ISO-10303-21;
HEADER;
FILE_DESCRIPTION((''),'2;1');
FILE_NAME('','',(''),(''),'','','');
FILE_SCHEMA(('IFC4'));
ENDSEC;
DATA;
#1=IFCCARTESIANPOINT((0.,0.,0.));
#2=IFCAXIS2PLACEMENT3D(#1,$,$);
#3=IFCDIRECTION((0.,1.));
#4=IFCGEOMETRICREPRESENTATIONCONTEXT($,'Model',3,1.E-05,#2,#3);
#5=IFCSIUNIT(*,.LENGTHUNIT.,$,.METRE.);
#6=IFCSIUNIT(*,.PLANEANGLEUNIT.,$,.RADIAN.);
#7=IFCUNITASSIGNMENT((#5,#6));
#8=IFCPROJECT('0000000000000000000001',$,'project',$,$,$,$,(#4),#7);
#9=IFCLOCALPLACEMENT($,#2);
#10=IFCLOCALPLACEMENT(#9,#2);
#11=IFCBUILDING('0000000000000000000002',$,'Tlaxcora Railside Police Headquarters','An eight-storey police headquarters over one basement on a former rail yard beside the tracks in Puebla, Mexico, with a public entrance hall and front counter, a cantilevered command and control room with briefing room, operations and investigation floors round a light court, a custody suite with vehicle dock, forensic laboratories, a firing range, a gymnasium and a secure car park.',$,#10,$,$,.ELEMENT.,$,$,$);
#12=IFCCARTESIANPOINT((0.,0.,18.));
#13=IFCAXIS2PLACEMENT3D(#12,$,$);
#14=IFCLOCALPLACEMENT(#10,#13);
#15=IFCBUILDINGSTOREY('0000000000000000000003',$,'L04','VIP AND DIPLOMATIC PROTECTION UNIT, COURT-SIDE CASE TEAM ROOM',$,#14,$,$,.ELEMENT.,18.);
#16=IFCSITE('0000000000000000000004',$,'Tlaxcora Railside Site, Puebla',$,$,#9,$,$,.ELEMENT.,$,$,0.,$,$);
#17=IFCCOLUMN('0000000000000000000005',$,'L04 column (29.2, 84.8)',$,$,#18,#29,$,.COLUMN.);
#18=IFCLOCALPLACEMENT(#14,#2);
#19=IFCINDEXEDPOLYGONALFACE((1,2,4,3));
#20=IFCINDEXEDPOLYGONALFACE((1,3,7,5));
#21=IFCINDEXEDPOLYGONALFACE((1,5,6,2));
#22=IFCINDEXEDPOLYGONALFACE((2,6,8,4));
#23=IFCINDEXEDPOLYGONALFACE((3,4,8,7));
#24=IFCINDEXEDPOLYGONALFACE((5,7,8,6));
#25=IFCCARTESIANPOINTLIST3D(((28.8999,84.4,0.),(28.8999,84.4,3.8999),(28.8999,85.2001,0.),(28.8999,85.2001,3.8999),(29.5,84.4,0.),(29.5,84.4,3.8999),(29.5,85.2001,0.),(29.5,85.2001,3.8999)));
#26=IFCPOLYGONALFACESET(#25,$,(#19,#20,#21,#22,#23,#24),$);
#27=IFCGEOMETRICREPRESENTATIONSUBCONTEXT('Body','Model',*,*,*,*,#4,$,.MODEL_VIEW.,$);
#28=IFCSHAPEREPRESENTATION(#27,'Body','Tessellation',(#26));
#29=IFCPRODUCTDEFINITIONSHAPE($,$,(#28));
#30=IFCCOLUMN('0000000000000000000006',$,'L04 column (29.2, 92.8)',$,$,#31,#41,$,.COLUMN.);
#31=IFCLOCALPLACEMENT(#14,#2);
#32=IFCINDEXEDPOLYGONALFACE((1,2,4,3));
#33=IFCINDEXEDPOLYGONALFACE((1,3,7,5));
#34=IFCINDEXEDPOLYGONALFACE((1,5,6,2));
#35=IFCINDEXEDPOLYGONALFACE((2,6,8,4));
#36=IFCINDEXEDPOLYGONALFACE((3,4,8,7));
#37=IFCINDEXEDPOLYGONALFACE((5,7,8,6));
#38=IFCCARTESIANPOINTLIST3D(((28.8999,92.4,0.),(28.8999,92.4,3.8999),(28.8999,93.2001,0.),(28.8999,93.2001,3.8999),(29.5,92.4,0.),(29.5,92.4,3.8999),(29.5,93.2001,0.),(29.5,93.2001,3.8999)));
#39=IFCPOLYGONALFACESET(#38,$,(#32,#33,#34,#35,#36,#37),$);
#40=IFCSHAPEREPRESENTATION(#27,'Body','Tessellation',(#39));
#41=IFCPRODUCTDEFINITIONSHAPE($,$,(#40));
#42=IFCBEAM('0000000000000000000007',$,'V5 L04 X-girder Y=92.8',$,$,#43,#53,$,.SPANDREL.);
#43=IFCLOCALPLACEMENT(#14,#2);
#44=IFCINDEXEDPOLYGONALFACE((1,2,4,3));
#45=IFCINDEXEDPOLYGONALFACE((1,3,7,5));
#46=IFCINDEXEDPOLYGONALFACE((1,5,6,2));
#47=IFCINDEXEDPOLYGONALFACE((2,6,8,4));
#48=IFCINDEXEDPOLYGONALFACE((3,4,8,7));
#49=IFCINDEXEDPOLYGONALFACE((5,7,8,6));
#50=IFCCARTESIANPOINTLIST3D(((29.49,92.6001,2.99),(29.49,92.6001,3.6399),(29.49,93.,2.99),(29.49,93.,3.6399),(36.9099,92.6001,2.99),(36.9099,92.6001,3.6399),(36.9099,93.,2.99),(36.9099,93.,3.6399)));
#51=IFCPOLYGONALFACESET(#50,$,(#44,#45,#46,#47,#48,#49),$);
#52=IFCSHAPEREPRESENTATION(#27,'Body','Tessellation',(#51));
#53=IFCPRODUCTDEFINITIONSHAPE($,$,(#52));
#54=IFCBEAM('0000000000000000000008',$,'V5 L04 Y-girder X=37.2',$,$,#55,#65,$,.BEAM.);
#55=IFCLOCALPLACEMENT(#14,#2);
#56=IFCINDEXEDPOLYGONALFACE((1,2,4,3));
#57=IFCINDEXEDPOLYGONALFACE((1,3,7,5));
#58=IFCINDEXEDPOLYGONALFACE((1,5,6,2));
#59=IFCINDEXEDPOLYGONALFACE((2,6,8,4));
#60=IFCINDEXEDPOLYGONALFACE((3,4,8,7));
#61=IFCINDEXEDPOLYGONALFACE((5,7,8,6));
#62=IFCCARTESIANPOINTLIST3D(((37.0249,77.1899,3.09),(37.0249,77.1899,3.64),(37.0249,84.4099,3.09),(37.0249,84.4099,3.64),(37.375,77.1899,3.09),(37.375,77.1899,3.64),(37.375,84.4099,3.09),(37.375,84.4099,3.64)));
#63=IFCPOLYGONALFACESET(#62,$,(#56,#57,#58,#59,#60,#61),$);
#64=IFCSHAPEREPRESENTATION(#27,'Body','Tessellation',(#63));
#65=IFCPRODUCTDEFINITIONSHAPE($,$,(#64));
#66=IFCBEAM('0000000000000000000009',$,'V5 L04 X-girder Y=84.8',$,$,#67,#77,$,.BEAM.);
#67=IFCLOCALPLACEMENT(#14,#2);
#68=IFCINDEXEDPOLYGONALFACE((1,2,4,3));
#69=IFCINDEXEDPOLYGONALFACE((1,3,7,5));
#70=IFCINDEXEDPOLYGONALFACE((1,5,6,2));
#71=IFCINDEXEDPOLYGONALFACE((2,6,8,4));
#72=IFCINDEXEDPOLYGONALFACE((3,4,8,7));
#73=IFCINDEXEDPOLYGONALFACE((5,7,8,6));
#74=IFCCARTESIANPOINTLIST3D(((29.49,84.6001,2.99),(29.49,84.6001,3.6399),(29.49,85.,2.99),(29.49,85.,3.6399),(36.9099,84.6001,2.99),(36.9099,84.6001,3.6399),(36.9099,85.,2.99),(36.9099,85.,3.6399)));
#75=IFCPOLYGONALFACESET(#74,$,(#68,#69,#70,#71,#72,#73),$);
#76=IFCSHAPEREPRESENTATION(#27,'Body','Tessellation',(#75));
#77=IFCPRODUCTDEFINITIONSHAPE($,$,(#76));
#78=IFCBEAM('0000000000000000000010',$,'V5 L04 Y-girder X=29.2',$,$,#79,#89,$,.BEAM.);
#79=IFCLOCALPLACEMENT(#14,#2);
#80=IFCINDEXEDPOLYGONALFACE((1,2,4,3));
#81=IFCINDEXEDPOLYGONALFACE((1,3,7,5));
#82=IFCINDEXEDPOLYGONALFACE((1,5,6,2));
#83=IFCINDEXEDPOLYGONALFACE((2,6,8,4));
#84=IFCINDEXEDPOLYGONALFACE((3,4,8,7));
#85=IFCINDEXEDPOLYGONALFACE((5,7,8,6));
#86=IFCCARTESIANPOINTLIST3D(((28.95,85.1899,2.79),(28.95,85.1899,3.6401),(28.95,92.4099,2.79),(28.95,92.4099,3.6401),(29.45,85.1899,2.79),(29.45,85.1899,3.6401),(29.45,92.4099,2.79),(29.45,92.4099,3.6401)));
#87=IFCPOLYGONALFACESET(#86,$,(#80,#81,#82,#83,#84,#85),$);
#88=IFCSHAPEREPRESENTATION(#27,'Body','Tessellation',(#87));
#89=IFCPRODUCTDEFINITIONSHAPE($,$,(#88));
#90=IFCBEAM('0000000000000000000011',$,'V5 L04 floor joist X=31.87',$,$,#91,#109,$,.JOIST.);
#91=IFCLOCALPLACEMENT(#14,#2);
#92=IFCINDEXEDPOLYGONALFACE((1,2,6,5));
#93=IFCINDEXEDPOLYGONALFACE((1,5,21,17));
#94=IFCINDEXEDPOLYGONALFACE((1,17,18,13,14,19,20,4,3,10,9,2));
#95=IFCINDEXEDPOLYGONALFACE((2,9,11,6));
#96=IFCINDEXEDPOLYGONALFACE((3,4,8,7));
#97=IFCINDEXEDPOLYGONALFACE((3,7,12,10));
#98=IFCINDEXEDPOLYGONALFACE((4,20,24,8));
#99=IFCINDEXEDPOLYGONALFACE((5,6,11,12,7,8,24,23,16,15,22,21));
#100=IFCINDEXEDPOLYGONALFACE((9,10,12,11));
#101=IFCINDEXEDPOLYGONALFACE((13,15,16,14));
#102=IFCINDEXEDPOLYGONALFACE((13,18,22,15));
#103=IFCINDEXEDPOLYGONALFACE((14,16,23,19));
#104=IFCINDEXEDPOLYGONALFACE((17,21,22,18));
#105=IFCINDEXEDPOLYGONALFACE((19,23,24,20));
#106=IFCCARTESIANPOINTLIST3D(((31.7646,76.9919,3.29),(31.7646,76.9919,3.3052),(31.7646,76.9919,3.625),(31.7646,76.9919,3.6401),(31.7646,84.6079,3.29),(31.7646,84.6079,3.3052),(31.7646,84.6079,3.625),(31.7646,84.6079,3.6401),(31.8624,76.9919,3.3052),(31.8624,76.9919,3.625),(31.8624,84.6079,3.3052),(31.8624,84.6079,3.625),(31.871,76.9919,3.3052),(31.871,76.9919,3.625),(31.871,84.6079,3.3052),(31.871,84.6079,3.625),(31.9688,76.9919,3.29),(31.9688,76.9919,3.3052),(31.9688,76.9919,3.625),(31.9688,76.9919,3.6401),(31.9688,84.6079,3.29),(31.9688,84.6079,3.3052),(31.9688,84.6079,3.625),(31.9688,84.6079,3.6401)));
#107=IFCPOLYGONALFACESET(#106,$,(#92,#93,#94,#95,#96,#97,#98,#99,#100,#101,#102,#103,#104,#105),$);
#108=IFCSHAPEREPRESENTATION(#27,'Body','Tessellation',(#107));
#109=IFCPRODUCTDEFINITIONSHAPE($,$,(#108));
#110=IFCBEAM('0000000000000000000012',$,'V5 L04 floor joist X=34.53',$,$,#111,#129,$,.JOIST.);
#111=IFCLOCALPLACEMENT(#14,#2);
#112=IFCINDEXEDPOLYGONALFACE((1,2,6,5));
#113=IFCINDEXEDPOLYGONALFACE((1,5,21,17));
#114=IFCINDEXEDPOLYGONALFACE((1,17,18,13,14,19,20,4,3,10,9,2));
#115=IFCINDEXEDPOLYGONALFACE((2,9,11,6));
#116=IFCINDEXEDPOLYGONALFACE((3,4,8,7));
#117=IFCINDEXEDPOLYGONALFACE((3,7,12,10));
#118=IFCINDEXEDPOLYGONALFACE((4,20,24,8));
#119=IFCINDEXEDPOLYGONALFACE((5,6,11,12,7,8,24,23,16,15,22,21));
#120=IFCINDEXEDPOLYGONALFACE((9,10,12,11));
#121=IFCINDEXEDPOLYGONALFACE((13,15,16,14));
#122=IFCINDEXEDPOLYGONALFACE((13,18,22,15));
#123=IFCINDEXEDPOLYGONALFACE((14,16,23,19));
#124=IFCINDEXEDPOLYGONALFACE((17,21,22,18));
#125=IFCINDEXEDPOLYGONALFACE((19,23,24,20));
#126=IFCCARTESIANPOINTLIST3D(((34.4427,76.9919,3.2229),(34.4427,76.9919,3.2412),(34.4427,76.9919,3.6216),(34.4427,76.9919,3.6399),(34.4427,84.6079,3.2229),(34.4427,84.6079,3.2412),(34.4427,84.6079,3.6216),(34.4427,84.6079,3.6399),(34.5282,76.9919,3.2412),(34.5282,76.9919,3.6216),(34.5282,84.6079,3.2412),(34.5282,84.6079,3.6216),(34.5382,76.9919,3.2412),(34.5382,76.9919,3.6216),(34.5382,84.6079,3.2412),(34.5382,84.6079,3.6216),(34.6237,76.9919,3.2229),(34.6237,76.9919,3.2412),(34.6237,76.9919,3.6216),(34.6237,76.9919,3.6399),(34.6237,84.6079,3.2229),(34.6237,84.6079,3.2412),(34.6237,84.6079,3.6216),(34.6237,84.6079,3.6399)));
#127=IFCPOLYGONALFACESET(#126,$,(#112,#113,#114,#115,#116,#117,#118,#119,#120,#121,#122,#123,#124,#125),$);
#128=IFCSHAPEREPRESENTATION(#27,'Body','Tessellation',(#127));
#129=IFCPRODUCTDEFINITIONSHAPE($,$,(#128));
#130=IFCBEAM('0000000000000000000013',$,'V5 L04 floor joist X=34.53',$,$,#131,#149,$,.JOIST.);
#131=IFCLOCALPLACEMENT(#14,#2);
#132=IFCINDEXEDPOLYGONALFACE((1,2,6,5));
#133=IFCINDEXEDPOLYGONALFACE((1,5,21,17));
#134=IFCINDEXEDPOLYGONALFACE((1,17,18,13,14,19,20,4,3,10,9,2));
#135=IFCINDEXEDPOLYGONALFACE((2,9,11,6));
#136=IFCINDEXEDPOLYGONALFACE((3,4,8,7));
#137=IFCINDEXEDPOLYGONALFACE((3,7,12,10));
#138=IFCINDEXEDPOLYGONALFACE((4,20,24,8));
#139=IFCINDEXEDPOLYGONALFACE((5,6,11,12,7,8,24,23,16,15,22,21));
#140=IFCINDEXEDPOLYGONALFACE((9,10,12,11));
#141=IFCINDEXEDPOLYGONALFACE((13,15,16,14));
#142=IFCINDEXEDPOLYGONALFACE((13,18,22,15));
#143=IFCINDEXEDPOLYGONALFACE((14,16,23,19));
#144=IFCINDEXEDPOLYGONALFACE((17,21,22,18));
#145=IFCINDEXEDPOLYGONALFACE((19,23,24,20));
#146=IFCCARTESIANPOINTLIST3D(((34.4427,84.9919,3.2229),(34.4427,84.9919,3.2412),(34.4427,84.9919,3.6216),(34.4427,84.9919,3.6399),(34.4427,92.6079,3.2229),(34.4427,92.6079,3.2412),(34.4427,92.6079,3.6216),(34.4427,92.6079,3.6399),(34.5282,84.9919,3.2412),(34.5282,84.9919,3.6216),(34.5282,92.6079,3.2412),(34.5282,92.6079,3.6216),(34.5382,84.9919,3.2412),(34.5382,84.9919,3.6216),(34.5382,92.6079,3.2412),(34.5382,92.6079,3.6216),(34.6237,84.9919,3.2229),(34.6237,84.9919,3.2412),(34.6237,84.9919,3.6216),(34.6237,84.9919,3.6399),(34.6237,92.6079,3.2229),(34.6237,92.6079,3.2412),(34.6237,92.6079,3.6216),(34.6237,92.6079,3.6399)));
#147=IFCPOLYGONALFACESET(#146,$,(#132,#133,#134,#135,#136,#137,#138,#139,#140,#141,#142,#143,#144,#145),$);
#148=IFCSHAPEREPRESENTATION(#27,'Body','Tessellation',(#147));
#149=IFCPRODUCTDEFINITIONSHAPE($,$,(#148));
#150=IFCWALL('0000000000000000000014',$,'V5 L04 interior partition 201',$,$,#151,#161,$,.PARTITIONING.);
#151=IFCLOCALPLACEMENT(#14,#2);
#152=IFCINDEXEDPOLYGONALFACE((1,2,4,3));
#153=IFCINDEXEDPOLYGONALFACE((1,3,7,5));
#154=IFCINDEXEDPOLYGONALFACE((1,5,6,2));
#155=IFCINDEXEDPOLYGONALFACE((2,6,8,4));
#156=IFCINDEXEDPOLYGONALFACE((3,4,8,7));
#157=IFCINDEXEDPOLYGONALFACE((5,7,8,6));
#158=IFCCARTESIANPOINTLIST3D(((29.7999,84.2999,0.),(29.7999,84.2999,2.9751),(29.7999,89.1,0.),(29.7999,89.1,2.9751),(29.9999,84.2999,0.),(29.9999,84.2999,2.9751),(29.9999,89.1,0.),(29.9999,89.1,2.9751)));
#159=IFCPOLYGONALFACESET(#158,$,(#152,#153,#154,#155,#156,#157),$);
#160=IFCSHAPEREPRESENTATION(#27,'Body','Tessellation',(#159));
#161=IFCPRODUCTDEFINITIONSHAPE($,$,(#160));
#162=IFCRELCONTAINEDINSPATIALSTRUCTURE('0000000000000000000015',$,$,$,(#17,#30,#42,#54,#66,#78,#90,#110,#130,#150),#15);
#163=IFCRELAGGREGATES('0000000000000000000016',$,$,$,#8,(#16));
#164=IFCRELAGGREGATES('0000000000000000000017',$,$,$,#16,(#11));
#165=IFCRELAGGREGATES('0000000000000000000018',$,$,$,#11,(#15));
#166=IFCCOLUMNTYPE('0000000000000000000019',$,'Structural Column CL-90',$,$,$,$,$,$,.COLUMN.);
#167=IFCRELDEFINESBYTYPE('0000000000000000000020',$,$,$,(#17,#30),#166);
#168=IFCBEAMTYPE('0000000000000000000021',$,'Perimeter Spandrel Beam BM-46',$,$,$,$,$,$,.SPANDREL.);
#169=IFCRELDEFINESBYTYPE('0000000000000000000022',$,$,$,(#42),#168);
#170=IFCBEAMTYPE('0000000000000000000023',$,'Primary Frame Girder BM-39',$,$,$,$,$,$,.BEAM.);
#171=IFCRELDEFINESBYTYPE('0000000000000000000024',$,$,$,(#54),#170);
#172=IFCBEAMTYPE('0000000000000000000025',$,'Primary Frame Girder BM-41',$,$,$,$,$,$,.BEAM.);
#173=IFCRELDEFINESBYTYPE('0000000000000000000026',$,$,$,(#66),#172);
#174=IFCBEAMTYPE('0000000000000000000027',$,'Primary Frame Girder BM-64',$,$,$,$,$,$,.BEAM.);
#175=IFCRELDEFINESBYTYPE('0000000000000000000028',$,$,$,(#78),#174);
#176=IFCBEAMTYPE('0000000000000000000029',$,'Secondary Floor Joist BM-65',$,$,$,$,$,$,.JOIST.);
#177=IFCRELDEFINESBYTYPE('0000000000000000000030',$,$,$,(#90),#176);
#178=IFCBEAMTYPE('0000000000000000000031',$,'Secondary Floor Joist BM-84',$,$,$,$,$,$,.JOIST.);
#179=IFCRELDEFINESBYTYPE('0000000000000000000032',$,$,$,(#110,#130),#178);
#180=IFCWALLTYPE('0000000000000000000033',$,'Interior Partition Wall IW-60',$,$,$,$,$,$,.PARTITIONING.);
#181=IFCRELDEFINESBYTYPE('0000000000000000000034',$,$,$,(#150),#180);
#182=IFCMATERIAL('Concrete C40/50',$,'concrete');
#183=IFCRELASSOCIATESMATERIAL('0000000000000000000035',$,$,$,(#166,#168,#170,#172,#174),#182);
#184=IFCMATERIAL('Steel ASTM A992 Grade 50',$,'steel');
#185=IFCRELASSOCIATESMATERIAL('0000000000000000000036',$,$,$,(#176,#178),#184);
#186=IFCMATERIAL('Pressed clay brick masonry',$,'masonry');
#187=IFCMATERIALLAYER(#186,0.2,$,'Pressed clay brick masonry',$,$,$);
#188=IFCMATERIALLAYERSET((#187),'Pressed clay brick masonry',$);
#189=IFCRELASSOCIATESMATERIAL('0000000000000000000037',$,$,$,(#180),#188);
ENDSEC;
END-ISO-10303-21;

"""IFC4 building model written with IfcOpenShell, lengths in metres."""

from ifc_helpers import new_model, si_unit, direction, frame, frame_2d, origin, origin_2d, place, context, subcontext, project, spatial, rectangle, i_section, extrude, material, layer, layer_set, material_profile, profile_set, type_object, element, save


model = new_model("IFC4")

# Units and contexts
model_context = context("Model", 3, precision=1e-05, world=origin(), true_north=direction((0.0, 1.0)))
body_context = subcontext(model_context, "Body", "Model", "MODEL_VIEW")
ifc_project = project(units=[si_unit("LENGTHUNIT", "METRE"), si_unit("PLANEANGLEUNIT", "RADIAN")], contexts=[model_context])

# Site, building, storey
site_placement = place(None, origin())
site = spatial("IfcSite", under=ifc_project, at=site_placement, Name="Tlaxcora Railside Site, Puebla", CompositionType="ELEMENT", RefElevation=0.0)
building_placement = place(site_placement, origin())
building = spatial("IfcBuilding", under=site, at=building_placement, Name="Tlaxcora Railside Police Headquarters", Description="An eight-storey police headquarters over one basement on a former rail yard beside the tracks in Puebla, Mexico, with a public entrance hall and front counter, a cantilevered command and control room with briefing room, operations and investigation floors round a light court, a custody suite with vehicle dock, forensic laboratories, a firing range, a gymnasium and a secure car park.", CompositionType="ELEMENT")
storey_placement = place(building_placement, frame((0.0, 0.0, 18.0)))
storey = spatial("IfcBuildingStorey", under=building, at=storey_placement, Name="L04", Description="VIP AND DIPLOMATIC PROTECTION UNIT, COURT-SIDE CASE TEAM ROOM", CompositionType="ELEMENT", Elevation=18.0)

# Columns
ifc_material_1 = material(Name="Concrete C40/50", Category="concrete")
ifc_material_profile_1 = material_profile(ifc_material_1, rectangle(XDim=0.6001, YDim=0.8, at=origin_2d()), Name="RC600X800")
ifc_profile_set_1 = profile_set([ifc_material_profile_1], Name="Concrete C40/50")
column_type = type_object("IfcColumnType", Name="Structural Column CL-90", PredefinedType="COLUMN", material=ifc_profile_set_1)
for number, where, z_axis, x_axis, name in (
    (1, (29.2, 84.8, 0.0), (0.0, 0.0, 1.0), (1.0, 0.0, 0.0), "L04 column (29.2, 84.8)"),
    (2, (29.2, 92.8, 0.0), (0.0, 0.0, 1.0), (1.0, 0.0, 0.0), "L04 column (29.2, 92.8)"),
):
    element("IfcColumn", number, at=place(storey_placement, frame(where, z_axis=z_axis, x_axis=x_axis)), inside=storey, type_object=column_type, Name=name, PredefinedType="COLUMN", context=body_context, shape_type="SweptSolid", body=[
        extrude(rectangle(XDim=0.6001, YDim=0.8, at=origin_2d()), origin(), (0.0, 0.0, 1.0), 3.8999),
    ])

# Beams
ifc_material_profile_2 = material_profile(ifc_material_1, rectangle(XDim=0.3999, YDim=0.6499, at=origin_2d()), Name="RC400X650")
ifc_profile_set_2 = profile_set([ifc_material_profile_2], Name="Concrete C40/50")
beam_type_1 = type_object("IfcBeamType", Name="Perimeter Spandrel Beam BM-46", PredefinedType="SPANDREL", material=ifc_profile_set_2)
beam_1_placement = place(storey_placement, frame((29.49, 92.8, 3.3149), z_axis=(1.0, 0.0, 0.0), x_axis=(0.0, 1.0, 0.0)))
element("IfcBeam", 3, at=beam_1_placement, inside=storey, type_object=beam_type_1, Name="V5 L04 X-girder Y=92.8", PredefinedType="SPANDREL", context=body_context, shape_type="SweptSolid", body=[
    extrude(rectangle(XDim=0.3999, YDim=0.6499, at=origin_2d()), origin(), (0.0, 0.0, 1.0), 7.4199),
])
ifc_material_profile_3 = material_profile(ifc_material_1, rectangle(XDim=0.3501, YDim=0.55, at=origin_2d()), Name="RC350X550")
ifc_profile_set_3 = profile_set([ifc_material_profile_3], Name="Concrete C40/50")
beam_type_2 = type_object("IfcBeamType", Name="Primary Frame Girder BM-39", PredefinedType="BEAM", material=ifc_profile_set_3)
beam_2_placement = place(storey_placement, frame((37.2, 77.1899, 3.365), z_axis=(0.0, 1.0, 0.0), x_axis=(-1.0, 0.0, 0.0)))
element("IfcBeam", 4, at=beam_2_placement, inside=storey, type_object=beam_type_2, Name="V5 L04 Y-girder X=37.2", PredefinedType="BEAM", context=body_context, shape_type="SweptSolid", body=[
    extrude(rectangle(XDim=0.3501, YDim=0.55, at=origin_2d()), origin(), (0.0, 0.0, 1.0), 7.22),
])
ifc_material_profile_4 = material_profile(ifc_material_1, rectangle(XDim=0.3999, YDim=0.6499, at=origin_2d()), Name="RC400X650")
ifc_profile_set_4 = profile_set([ifc_material_profile_4], Name="Concrete C40/50")
beam_type_3 = type_object("IfcBeamType", Name="Primary Frame Girder BM-41", PredefinedType="BEAM", material=ifc_profile_set_4)
beam_3_placement = place(storey_placement, frame((29.49, 84.8, 3.3149), z_axis=(1.0, 0.0, 0.0), x_axis=(0.0, 1.0, 0.0)))
element("IfcBeam", 5, at=beam_3_placement, inside=storey, type_object=beam_type_3, Name="V5 L04 X-girder Y=84.8", PredefinedType="BEAM", context=body_context, shape_type="SweptSolid", body=[
    extrude(rectangle(XDim=0.3999, YDim=0.6499, at=origin_2d()), origin(), (0.0, 0.0, 1.0), 7.4199),
])
ifc_material_profile_5 = material_profile(ifc_material_1, rectangle(XDim=0.5, YDim=0.8501, at=origin_2d()), Name="RC500X850")
ifc_profile_set_5 = profile_set([ifc_material_profile_5], Name="Concrete C40/50")
beam_type_4 = type_object("IfcBeamType", Name="Primary Frame Girder BM-64", PredefinedType="BEAM", material=ifc_profile_set_5)
beam_4_placement = place(storey_placement, frame((29.2, 85.1899, 3.2151), z_axis=(0.0, 1.0, 0.0), x_axis=(-1.0, 0.0, 0.0)))
element("IfcBeam", 6, at=beam_4_placement, inside=storey, type_object=beam_type_4, Name="V5 L04 Y-girder X=29.2", PredefinedType="BEAM", context=body_context, shape_type="SweptSolid", body=[
    extrude(rectangle(XDim=0.5, YDim=0.8501, at=origin_2d()), origin(), (0.0, 0.0, 1.0), 7.22),
])
ifc_material_2 = material(Name="Steel ASTM A992 Grade 50", Category="steel")
ifc_material_profile_6 = material_profile(ifc_material_2, i_section(OverallWidth=0.2041, OverallDepth=0.3501, WebThickness=0.0085, FlangeThickness=0.0151, at=origin_2d()), Name="W14X48")
ifc_profile_set_6 = profile_set([ifc_material_profile_6], Name="Steel ASTM A992 Grade 50")
beam_type_5 = type_object("IfcBeamType", Name="Secondary Floor Joist BM-65", PredefinedType="JOIST", material=ifc_profile_set_6)
beam_5_placement = place(storey_placement, frame((31.8667, 76.9919, 3.4651), z_axis=(0.0, 1.0, 0.0), x_axis=(-1.0, 0.0, 0.0)))
element("IfcBeam", 7, at=beam_5_placement, inside=storey, type_object=beam_type_5, Name="V5 L04 floor joist X=31.87", PredefinedType="JOIST", context=body_context, shape_type="SweptSolid", body=[
    extrude(i_section(OverallWidth=0.2041, OverallDepth=0.3501, WebThickness=0.0085, FlangeThickness=0.0151, at=origin_2d()), origin(), (0.0, 0.0, 1.0), 7.616),
])
ifc_material_profile_7 = material_profile(ifc_material_2, i_section(OverallWidth=0.1809, OverallDepth=0.417, WebThickness=0.01, FlangeThickness=0.0183, at=origin_2d()), Name="W16X57")
ifc_profile_set_7 = profile_set([ifc_material_profile_7], Name="Steel ASTM A992 Grade 50")
beam_type_6 = type_object("IfcBeamType", Name="Secondary Floor Joist BM-84", PredefinedType="JOIST", material=ifc_profile_set_7)
for number, where, z_axis, x_axis, name in (
    (8, (34.5332, 76.9919, 3.4314), (0.0, 1.0, 0.0), (-1.0, 0.0, 0.0), "V5 L04 floor joist X=34.53"),
    (9, (34.5332, 84.9919, 3.4314), (0.0, 1.0, 0.0), (-1.0, 0.0, 0.0), "V5 L04 floor joist X=34.53"),
):
    element("IfcBeam", number, at=place(storey_placement, frame(where, z_axis=z_axis, x_axis=x_axis)), inside=storey, type_object=beam_type_6, Name=name, PredefinedType="JOIST", context=body_context, shape_type="SweptSolid", body=[
        extrude(i_section(OverallWidth=0.1809, OverallDepth=0.417, WebThickness=0.01, FlangeThickness=0.0183, at=origin_2d()), origin(), (0.0, 0.0, 1.0), 7.616),
    ])

# Wall
ifc_material_3 = material(Name="Pressed clay brick masonry", Category="masonry")
ifc_layer_1 = layer(ifc_material_3, 0.2, Name="Pressed clay brick masonry")
ifc_layer_set_1 = layer_set([ifc_layer_1], Name="Pressed clay brick masonry")
wall_type_1 = type_object("IfcWallType", Name="Interior Partition Wall IW-60", PredefinedType="PARTITIONING", material=ifc_layer_set_1)
wall_1_placement = place(storey_placement, frame((29.8999, 84.3, 0.0), z_axis=(0.0, 0.0, 1.0), x_axis=(0.0, 1.0, 0.0)))
element("IfcWall", 10, at=wall_1_placement, inside=storey, type_object=wall_type_1, Name="V5 L04 interior partition 201", PredefinedType="PARTITIONING", context=body_context, shape_type="SweptSolid", body=[
    extrude(rectangle(XDim=4.8, YDim=0.2, at=frame_2d((2.3999, 0.0))), origin(), (0.0, 0.0, 1.0), 2.9751),
])

save(model, "model.ifc")
